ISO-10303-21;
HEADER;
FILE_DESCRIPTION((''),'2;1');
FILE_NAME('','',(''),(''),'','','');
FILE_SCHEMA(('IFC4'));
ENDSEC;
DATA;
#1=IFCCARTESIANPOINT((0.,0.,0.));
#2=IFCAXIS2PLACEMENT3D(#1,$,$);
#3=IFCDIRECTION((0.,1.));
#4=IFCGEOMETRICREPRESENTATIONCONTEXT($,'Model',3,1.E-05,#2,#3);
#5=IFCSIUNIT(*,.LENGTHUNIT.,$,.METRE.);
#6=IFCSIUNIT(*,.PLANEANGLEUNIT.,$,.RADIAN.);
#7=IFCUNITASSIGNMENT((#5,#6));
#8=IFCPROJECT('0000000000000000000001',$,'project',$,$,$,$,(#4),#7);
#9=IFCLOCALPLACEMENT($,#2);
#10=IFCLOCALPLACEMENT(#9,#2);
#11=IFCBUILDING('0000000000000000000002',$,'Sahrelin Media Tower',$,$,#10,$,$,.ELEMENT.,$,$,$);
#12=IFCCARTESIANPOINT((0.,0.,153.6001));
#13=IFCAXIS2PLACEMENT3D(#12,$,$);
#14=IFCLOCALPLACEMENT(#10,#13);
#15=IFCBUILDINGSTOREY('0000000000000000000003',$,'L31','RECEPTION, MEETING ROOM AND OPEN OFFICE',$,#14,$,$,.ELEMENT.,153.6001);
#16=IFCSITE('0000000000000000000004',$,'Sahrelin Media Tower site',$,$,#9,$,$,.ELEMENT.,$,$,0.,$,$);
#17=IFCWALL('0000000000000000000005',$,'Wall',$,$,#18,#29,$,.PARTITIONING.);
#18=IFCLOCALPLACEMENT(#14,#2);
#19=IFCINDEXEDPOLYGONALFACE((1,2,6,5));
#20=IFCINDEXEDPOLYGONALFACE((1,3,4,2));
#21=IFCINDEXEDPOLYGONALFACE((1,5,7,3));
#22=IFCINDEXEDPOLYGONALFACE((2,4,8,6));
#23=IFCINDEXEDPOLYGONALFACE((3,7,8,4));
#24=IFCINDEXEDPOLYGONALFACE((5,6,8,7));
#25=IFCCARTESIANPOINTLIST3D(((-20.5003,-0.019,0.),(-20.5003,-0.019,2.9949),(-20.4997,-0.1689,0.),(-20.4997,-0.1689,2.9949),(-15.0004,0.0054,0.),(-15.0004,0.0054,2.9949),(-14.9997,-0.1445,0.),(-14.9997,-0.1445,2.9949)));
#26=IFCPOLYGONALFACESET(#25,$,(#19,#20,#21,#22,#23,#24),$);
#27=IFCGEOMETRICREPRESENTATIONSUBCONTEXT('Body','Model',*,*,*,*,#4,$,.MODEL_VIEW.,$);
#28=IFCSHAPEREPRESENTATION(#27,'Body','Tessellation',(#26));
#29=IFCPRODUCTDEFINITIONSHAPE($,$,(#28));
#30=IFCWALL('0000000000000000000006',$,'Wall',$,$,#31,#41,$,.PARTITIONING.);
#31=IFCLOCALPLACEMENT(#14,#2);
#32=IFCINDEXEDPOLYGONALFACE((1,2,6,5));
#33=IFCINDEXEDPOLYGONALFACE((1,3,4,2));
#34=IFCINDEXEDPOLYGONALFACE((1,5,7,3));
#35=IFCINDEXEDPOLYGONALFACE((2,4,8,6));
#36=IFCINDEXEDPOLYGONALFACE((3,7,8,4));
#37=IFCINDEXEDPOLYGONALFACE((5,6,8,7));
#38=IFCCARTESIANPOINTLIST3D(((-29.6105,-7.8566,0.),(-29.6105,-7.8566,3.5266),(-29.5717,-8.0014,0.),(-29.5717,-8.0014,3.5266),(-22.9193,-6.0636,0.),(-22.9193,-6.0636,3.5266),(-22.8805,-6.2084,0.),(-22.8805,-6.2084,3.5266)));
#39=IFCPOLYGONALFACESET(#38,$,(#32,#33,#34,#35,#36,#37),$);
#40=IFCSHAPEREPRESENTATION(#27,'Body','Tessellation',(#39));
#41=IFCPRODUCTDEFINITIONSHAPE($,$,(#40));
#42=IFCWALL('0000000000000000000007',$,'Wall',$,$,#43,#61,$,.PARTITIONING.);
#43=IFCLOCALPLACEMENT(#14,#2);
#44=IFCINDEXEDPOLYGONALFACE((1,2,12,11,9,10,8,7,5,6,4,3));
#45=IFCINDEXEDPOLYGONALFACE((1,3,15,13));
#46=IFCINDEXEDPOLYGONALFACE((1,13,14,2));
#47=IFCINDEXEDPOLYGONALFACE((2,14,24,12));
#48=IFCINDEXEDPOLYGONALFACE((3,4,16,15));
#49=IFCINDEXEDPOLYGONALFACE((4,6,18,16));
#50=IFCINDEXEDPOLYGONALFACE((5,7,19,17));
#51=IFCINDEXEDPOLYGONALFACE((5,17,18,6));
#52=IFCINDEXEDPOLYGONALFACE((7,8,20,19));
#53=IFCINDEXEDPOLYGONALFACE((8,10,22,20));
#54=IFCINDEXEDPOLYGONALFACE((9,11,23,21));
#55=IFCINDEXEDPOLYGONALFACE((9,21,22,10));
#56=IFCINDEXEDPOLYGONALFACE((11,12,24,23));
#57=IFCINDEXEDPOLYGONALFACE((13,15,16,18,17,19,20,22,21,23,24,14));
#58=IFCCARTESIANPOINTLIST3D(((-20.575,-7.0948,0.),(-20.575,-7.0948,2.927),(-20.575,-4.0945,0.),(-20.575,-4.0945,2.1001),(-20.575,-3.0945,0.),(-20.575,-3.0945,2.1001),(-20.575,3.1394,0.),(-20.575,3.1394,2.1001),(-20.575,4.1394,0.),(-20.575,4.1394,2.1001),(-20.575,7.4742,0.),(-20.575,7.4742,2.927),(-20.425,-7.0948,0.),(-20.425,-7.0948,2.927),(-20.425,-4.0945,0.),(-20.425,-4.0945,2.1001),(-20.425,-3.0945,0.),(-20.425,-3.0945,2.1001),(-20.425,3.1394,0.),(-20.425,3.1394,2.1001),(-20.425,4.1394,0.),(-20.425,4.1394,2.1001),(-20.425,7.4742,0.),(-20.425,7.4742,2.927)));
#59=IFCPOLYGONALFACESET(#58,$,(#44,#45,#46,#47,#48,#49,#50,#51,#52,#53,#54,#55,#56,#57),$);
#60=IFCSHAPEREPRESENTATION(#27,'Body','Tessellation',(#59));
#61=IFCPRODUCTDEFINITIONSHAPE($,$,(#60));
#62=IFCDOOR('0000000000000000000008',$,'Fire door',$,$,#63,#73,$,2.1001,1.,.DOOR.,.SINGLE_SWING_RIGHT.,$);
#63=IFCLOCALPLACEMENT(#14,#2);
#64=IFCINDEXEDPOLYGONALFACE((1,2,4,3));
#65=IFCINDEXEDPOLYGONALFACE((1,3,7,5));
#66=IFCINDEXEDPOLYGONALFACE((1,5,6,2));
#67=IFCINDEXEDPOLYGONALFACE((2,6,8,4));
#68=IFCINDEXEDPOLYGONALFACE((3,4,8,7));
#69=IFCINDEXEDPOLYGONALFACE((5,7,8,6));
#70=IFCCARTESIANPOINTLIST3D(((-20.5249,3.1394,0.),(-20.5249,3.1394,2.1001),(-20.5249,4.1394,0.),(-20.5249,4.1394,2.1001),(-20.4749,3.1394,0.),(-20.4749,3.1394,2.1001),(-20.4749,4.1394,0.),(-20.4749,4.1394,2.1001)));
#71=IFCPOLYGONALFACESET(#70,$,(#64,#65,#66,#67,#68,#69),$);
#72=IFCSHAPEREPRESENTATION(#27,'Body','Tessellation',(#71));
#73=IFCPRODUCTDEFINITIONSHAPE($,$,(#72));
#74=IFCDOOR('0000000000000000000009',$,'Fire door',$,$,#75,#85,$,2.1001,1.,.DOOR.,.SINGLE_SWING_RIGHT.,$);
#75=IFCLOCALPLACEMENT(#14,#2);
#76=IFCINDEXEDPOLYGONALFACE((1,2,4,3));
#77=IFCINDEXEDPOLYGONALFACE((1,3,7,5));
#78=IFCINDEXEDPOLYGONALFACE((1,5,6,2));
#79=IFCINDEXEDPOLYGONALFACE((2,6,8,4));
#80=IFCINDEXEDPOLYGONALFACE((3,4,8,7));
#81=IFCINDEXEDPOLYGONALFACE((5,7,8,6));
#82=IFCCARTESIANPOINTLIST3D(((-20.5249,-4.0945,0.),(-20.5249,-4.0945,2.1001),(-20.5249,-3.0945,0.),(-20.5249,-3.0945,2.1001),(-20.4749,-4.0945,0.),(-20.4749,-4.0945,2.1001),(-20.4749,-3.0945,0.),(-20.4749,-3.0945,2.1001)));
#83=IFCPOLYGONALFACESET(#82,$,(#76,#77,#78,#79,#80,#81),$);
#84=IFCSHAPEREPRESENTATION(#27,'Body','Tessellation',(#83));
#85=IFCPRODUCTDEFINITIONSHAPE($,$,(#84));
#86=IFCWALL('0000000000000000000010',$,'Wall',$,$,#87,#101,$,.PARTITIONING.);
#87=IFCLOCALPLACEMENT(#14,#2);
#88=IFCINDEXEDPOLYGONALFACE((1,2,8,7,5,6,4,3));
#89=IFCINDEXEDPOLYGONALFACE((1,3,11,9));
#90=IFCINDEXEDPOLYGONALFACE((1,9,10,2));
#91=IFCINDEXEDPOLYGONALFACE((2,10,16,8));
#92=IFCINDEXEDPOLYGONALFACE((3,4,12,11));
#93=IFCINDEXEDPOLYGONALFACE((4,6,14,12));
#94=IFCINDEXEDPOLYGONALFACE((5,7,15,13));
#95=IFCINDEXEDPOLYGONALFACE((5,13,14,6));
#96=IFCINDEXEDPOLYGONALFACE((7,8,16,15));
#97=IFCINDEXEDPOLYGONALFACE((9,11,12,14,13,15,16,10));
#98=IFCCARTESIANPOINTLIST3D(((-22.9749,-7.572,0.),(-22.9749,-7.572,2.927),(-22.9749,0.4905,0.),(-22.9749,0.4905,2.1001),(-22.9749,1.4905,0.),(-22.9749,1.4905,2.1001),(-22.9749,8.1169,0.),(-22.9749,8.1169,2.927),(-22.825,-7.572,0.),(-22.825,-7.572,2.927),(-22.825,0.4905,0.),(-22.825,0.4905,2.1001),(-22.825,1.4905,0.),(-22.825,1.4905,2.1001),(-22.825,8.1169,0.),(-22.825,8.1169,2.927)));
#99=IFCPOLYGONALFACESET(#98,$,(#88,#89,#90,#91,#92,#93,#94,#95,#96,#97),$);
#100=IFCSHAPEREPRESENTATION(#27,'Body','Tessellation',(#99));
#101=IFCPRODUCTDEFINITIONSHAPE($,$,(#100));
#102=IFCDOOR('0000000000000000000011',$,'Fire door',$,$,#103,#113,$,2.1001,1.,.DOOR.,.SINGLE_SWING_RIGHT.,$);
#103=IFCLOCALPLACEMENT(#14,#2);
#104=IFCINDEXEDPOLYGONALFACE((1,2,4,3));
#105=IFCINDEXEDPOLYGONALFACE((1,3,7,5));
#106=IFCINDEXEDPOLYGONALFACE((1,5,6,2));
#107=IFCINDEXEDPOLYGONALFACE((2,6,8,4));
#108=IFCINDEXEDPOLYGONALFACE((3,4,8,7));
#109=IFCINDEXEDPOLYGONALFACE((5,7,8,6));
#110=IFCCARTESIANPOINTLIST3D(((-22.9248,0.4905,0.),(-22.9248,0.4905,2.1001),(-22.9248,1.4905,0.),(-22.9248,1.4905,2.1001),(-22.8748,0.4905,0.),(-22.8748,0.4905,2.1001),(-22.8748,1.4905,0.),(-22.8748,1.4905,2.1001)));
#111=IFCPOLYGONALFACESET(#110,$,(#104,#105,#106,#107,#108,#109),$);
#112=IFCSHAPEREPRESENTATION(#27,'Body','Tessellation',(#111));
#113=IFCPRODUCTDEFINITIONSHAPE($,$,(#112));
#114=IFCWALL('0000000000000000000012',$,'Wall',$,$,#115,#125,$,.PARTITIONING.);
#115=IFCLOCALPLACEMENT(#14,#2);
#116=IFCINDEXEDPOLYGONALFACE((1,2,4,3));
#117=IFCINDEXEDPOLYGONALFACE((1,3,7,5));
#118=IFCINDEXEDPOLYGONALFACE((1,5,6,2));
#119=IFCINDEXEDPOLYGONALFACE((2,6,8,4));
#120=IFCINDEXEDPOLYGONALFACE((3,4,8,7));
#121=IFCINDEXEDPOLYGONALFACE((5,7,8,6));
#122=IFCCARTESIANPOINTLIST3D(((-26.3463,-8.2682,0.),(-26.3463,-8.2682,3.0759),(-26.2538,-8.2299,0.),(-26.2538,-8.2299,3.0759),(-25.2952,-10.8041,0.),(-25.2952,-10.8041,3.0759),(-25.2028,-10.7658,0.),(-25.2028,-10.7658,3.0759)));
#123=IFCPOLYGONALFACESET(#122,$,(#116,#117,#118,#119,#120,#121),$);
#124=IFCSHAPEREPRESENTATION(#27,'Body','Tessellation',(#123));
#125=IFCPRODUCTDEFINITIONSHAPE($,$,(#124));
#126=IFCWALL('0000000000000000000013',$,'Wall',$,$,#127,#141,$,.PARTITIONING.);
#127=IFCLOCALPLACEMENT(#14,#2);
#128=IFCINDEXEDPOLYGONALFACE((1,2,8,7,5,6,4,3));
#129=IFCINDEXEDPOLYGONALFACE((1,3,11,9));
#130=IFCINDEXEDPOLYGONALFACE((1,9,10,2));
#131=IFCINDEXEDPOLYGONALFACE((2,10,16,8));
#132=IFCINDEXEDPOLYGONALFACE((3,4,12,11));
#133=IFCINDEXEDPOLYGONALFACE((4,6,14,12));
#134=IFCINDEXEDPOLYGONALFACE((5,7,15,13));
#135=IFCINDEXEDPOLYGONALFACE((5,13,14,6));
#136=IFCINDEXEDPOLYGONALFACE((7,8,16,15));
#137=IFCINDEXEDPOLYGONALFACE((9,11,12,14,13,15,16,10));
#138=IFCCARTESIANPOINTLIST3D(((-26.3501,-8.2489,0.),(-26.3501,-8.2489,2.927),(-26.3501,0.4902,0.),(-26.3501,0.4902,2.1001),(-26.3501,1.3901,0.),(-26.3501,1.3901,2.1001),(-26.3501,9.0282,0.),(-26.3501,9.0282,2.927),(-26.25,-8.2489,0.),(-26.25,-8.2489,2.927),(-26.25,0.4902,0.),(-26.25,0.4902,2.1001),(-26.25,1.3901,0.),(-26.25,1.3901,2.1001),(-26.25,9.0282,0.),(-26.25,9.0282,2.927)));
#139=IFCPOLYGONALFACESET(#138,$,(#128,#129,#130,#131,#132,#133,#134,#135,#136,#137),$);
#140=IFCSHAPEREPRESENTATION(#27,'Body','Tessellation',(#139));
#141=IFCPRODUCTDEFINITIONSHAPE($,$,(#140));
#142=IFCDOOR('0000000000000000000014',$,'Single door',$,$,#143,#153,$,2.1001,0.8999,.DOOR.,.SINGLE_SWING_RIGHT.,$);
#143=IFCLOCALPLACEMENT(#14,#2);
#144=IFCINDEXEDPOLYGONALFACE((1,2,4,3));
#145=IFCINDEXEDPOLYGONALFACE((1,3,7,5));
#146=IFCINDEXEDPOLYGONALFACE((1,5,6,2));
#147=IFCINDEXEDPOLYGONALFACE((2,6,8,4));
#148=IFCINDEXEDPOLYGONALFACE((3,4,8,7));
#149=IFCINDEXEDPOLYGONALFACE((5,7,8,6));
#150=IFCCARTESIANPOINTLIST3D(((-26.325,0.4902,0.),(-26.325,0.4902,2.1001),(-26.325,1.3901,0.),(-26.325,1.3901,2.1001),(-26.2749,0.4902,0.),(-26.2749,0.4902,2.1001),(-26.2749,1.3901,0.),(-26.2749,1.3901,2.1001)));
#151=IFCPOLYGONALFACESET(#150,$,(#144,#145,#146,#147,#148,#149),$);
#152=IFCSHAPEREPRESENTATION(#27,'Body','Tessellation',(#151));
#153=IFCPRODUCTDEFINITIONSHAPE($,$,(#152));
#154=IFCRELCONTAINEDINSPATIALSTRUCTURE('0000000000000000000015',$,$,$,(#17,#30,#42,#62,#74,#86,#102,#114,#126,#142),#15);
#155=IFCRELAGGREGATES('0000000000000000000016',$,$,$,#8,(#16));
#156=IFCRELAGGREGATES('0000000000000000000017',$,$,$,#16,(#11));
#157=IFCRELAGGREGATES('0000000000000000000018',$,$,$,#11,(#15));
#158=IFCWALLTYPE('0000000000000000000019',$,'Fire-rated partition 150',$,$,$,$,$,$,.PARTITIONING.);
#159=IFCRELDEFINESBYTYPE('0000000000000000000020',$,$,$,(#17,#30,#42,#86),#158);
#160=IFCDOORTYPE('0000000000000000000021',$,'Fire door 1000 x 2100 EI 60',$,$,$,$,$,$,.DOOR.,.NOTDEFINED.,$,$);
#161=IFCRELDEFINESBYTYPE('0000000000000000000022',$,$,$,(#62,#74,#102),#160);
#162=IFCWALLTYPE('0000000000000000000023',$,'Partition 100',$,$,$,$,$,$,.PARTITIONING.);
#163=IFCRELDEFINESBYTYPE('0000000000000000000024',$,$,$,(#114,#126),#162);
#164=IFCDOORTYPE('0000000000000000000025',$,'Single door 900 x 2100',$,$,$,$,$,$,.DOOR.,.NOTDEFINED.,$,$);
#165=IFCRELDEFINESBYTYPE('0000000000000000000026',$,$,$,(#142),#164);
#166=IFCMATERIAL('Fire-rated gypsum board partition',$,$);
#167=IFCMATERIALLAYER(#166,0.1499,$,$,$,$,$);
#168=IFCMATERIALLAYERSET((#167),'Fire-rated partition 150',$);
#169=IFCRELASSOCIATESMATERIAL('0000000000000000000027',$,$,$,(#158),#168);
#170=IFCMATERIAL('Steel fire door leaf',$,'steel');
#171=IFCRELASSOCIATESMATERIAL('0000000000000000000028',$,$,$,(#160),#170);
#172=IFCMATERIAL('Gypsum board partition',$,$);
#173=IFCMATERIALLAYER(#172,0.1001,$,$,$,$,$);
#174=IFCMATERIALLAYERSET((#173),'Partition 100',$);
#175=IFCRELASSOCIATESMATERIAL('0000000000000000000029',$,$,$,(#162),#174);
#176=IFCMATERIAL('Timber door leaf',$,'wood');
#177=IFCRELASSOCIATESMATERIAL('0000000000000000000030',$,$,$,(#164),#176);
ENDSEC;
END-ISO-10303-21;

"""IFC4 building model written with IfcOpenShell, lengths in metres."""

from ifc_helpers import new_model, si_unit, direction, frame, frame_2d, origin, place, context, subcontext, project, spatial, rectangle, extrude, material, layer, layer_set, type_object, element, fill, save


model = new_model("IFC4")

# Units and contexts
model_context = context("Model", 3, precision=1e-05, world=origin(), true_north=direction((0.0, 1.0)))
body_context = subcontext(model_context, "Body", "Model", "MODEL_VIEW")
ifc_project = project(units=[si_unit("LENGTHUNIT", "METRE"), si_unit("PLANEANGLEUNIT", "RADIAN")], contexts=[model_context])

# Site, building, storey
site_placement = place(None, origin())
site = spatial("IfcSite", under=ifc_project, at=site_placement, Name="Sahrelin Media Tower site", CompositionType="ELEMENT", RefElevation=0.0)
building_placement = place(site_placement, origin())
building = spatial("IfcBuilding", under=site, at=building_placement, Name="Sahrelin Media Tower", CompositionType="ELEMENT")
storey_placement = place(building_placement, frame((0.0, 0.0, 153.6001)))
storey = spatial("IfcBuildingStorey", under=building, at=storey_placement, Name="L31", Description="RECEPTION, MEETING ROOM AND OPEN OFFICE", CompositionType="ELEMENT", Elevation=153.6001)

# Shared definitions
ifc_material_1 = material(Name="Fire-rated gypsum board partition")
ifc_layer_1 = layer(ifc_material_1, 0.1499)
ifc_layer_set_1 = layer_set([ifc_layer_1], Name="Fire-rated partition 150")
wall_type_1 = type_object("IfcWallType", Name="Fire-rated partition 150", PredefinedType="PARTITIONING", material=ifc_layer_set_1)
ifc_material_2 = material(Name="Steel fire door leaf", Category="steel")
door_type_1 = type_object("IfcDoorType", Name="Fire door 1000 x 2100 EI 60", OperationType="NOTDEFINED", PredefinedType="DOOR", material=ifc_material_2)

# Walls
wall_1_placement = place(storey_placement, frame((-20.5, -0.094, 0.0), z_axis=(0.0, 0.0, 1.0), x_axis=(0.99999, 0.004439, 0.0)))
element("IfcWall", 1, at=wall_1_placement, inside=storey, type_object=wall_type_1, Name="Wall", PredefinedType="PARTITIONING", context=body_context, shape_type="SweptSolid", body=[
    extrude(rectangle(XDim=5.5, YDim=0.1499, at=frame_2d((2.75, 0.0))), origin(), (0.0, 0.0, 1.0), 2.9949),
])
wall_2_placement = place(storey_placement, frame((-29.5911, -7.929, 0.0), z_axis=(0.0, 0.0, 1.0), x_axis=(0.965923, 0.258829, 0.0)))
element("IfcWall", 2, at=wall_2_placement, inside=storey, type_object=wall_type_1, Name="Wall", PredefinedType="PARTITIONING", context=body_context, shape_type="SweptSolid", body=[
    extrude(rectangle(XDim=6.9272, YDim=0.1499, at=frame_2d((3.4636, 0.0))), origin(), (0.0, 0.0, 1.0), 3.5266),
])

# Wall, openings, doors
wall_3_placement = place(storey_placement, frame((-20.5, -7.095, 0.0), z_axis=(0.0, 0.0, 1.0), x_axis=(0.0, 1.0, 0.0)))
wall_3 = element("IfcWall", 3, at=wall_3_placement, inside=storey, type_object=wall_type_1, Name="Wall", PredefinedType="PARTITIONING", context=body_context, shape_type="SweptSolid", body=[
    extrude(rectangle(XDim=14.5691, YDim=0.1499, at=frame_2d((7.2847, 0.0))), origin(), (0.0, 0.0, 1.0), 2.927),
])
opening_1_placement = place(wall_3_placement, frame((10.2344, 0.0, 0.0)))
opening_1 = element("IfcOpeningElement", 4, at=opening_1_placement, cuts=wall_3, PredefinedType="OPENING", context=body_context, shape_type="SweptSolid", body=[
    extrude(rectangle(XDim=1.0, YDim=2.1001, at=frame_2d((0.5, 1.05))), frame((0.0, 0.075, 0.0), z_axis=(0.0, -1.0, 0.0), x_axis=(1.0, 0.0, 0.0)), (0.0, 0.0, 1.0), 0.1499),
])
opening_2_placement = place(wall_3_placement, frame((3.0005, 0.0, 0.0)))
opening_2 = element("IfcOpeningElement", 5, at=opening_2_placement, cuts=wall_3, PredefinedType="OPENING", context=body_context, shape_type="SweptSolid", body=[
    extrude(rectangle(XDim=1.0, YDim=2.1001, at=frame_2d((0.5, 1.05))), frame((0.0, 0.075, 0.0), z_axis=(0.0, -1.0, 0.0), x_axis=(1.0, 0.0, 0.0)), (0.0, 0.0, 1.0), 0.1499),
])
door_1_placement = place(opening_1_placement, origin())
door_1 = element("IfcDoor", 6, at=door_1_placement, inside=storey, type_object=door_type_1, Name="Fire door", OperationType="SINGLE_SWING_RIGHT", OverallHeight=2.1001, OverallWidth=1.0, PredefinedType="DOOR", context=body_context, shape_type="SweptSolid", body=[
    extrude(rectangle(XDim=1.0, YDim=2.1001, at=frame_2d((0.5, 1.05))), frame((0.0, 0.0249, 0.0), z_axis=(0.0, -1.0, 0.0), x_axis=(1.0, 0.0, 0.0)), (0.0, 0.0, 1.0), 0.05),
])
fill(opening_1, door_1)
door_2_placement = place(opening_2_placement, origin())
door_2 = element("IfcDoor", 7, at=door_2_placement, inside=storey, type_object=door_type_1, Name="Fire door", OperationType="SINGLE_SWING_RIGHT", OverallHeight=2.1001, OverallWidth=1.0, PredefinedType="DOOR", context=body_context, shape_type="SweptSolid", body=[
    extrude(rectangle(XDim=1.0, YDim=2.1001, at=frame_2d((0.5, 1.05))), frame((0.0, 0.0249, 0.0), z_axis=(0.0, -1.0, 0.0), x_axis=(1.0, 0.0, 0.0)), (0.0, 0.0, 1.0), 0.05),
])
fill(opening_2, door_2)

# Wall, opening, door
wall_4_placement = place(storey_placement, frame((-22.8999, -7.572, 0.0), z_axis=(0.0, 0.0, 1.0), x_axis=(0.0, 1.0, 0.0)))
wall_4 = element("IfcWall", 8, at=wall_4_placement, inside=storey, type_object=wall_type_1, Name="Wall", PredefinedType="PARTITIONING", context=body_context, shape_type="SweptSolid", body=[
    extrude(rectangle(XDim=15.689, YDim=0.1499, at=frame_2d((7.8445, 0.0))), origin(), (0.0, 0.0, 1.0), 2.927),
])
opening_3_placement = place(wall_4_placement, frame((8.0625, 0.0, 0.0)))
opening_3 = element("IfcOpeningElement", 9, at=opening_3_placement, cuts=wall_4, PredefinedType="OPENING", context=body_context, shape_type="SweptSolid", body=[
    extrude(rectangle(XDim=1.0, YDim=2.1001, at=frame_2d((0.5, 1.05))), frame((0.0, 0.075, 0.0), z_axis=(0.0, -1.0, 0.0), x_axis=(1.0, 0.0, 0.0)), (0.0, 0.0, 1.0), 0.1499),
])
door_3_placement = place(opening_3_placement, origin())
door_3 = element("IfcDoor", 10, at=door_3_placement, inside=storey, type_object=door_type_1, Name="Fire door", OperationType="SINGLE_SWING_RIGHT", OverallHeight=2.1001, OverallWidth=1.0, PredefinedType="DOOR", context=body_context, shape_type="SweptSolid", body=[
    extrude(rectangle(XDim=1.0, YDim=2.1001, at=frame_2d((0.5, 1.05))), frame((0.0, 0.0249, 0.0), z_axis=(0.0, -1.0, 0.0), x_axis=(1.0, 0.0, 0.0)), (0.0, 0.0, 1.0), 0.05),
])
fill(opening_3, door_3)

# Wall
ifc_material_3 = material(Name="Gypsum board partition")
ifc_layer_2 = layer(ifc_material_3, 0.1001)
ifc_layer_set_2 = layer_set([ifc_layer_2], Name="Partition 100")
wall_type_2 = type_object("IfcWallType", Name="Partition 100", PredefinedType="PARTITIONING", material=ifc_layer_set_2)
wall_5_placement = place(storey_placement, frame((-26.3, -8.249, 0.0), z_axis=(0.0, 0.0, 1.0), x_axis=(0.382878, -0.923799, 0.0)))
element("IfcWall", 11, at=wall_5_placement, inside=storey, type_object=wall_type_2, Name="Wall", PredefinedType="PARTITIONING", context=body_context, shape_type="SweptSolid", body=[
    extrude(rectangle(XDim=2.7451, YDim=0.1001, at=frame_2d((1.3726, 0.0))), origin(), (0.0, 0.0, 1.0), 3.0759),
])

# Wall, opening, door
wall_6_placement = place(storey_placement, frame((-26.3, -8.249, 0.0), z_axis=(0.0, 0.0, 1.0), x_axis=(0.0, 1.0, 0.0)))
wall_6 = element("IfcWall", 12, at=wall_6_placement, inside=storey, type_object=wall_type_2, Name="Wall", PredefinedType="PARTITIONING", context=body_context, shape_type="SweptSolid", body=[
    extrude(rectangle(XDim=17.2771, YDim=0.1001, at=frame_2d((8.6387, 0.0))), origin(), (0.0, 0.0, 1.0), 2.927),
])
opening_4_placement = place(wall_6_placement, frame((8.7393, 0.0, 0.0)))
opening_4 = element("IfcOpeningElement", 13, at=opening_4_placement, cuts=wall_6, PredefinedType="OPENING", context=body_context, shape_type="SweptSolid", body=[
    extrude(rectangle(XDim=0.8999, YDim=2.1001, at=frame_2d((0.45, 1.05))), frame((0.0, 0.05, 0.0), z_axis=(0.0, -1.0, 0.0), x_axis=(1.0, 0.0, 0.0)), (0.0, 0.0, 1.0), 0.1001),
])
ifc_material_4 = material(Name="Timber door leaf", Category="wood")
door_type_2 = type_object("IfcDoorType", Name="Single door 900 x 2100", OperationType="NOTDEFINED", PredefinedType="DOOR", material=ifc_material_4)
door_4_placement = place(opening_4_placement, origin())
door_4 = element("IfcDoor", 14, at=door_4_placement, inside=storey, type_object=door_type_2, Name="Single door", OperationType="SINGLE_SWING_RIGHT", OverallHeight=2.1001, OverallWidth=0.8999, PredefinedType="DOOR", context=body_context, shape_type="SweptSolid", body=[
    extrude(rectangle(XDim=0.8999, YDim=2.1001, at=frame_2d((0.45, 1.05))), frame((0.0, 0.0249, 0.0), z_axis=(0.0, -1.0, 0.0), x_axis=(1.0, 0.0, 0.0)), (0.0, 0.0, 1.0), 0.05),
])
fill(opening_4, door_4)

save(model, "model.ifc")
